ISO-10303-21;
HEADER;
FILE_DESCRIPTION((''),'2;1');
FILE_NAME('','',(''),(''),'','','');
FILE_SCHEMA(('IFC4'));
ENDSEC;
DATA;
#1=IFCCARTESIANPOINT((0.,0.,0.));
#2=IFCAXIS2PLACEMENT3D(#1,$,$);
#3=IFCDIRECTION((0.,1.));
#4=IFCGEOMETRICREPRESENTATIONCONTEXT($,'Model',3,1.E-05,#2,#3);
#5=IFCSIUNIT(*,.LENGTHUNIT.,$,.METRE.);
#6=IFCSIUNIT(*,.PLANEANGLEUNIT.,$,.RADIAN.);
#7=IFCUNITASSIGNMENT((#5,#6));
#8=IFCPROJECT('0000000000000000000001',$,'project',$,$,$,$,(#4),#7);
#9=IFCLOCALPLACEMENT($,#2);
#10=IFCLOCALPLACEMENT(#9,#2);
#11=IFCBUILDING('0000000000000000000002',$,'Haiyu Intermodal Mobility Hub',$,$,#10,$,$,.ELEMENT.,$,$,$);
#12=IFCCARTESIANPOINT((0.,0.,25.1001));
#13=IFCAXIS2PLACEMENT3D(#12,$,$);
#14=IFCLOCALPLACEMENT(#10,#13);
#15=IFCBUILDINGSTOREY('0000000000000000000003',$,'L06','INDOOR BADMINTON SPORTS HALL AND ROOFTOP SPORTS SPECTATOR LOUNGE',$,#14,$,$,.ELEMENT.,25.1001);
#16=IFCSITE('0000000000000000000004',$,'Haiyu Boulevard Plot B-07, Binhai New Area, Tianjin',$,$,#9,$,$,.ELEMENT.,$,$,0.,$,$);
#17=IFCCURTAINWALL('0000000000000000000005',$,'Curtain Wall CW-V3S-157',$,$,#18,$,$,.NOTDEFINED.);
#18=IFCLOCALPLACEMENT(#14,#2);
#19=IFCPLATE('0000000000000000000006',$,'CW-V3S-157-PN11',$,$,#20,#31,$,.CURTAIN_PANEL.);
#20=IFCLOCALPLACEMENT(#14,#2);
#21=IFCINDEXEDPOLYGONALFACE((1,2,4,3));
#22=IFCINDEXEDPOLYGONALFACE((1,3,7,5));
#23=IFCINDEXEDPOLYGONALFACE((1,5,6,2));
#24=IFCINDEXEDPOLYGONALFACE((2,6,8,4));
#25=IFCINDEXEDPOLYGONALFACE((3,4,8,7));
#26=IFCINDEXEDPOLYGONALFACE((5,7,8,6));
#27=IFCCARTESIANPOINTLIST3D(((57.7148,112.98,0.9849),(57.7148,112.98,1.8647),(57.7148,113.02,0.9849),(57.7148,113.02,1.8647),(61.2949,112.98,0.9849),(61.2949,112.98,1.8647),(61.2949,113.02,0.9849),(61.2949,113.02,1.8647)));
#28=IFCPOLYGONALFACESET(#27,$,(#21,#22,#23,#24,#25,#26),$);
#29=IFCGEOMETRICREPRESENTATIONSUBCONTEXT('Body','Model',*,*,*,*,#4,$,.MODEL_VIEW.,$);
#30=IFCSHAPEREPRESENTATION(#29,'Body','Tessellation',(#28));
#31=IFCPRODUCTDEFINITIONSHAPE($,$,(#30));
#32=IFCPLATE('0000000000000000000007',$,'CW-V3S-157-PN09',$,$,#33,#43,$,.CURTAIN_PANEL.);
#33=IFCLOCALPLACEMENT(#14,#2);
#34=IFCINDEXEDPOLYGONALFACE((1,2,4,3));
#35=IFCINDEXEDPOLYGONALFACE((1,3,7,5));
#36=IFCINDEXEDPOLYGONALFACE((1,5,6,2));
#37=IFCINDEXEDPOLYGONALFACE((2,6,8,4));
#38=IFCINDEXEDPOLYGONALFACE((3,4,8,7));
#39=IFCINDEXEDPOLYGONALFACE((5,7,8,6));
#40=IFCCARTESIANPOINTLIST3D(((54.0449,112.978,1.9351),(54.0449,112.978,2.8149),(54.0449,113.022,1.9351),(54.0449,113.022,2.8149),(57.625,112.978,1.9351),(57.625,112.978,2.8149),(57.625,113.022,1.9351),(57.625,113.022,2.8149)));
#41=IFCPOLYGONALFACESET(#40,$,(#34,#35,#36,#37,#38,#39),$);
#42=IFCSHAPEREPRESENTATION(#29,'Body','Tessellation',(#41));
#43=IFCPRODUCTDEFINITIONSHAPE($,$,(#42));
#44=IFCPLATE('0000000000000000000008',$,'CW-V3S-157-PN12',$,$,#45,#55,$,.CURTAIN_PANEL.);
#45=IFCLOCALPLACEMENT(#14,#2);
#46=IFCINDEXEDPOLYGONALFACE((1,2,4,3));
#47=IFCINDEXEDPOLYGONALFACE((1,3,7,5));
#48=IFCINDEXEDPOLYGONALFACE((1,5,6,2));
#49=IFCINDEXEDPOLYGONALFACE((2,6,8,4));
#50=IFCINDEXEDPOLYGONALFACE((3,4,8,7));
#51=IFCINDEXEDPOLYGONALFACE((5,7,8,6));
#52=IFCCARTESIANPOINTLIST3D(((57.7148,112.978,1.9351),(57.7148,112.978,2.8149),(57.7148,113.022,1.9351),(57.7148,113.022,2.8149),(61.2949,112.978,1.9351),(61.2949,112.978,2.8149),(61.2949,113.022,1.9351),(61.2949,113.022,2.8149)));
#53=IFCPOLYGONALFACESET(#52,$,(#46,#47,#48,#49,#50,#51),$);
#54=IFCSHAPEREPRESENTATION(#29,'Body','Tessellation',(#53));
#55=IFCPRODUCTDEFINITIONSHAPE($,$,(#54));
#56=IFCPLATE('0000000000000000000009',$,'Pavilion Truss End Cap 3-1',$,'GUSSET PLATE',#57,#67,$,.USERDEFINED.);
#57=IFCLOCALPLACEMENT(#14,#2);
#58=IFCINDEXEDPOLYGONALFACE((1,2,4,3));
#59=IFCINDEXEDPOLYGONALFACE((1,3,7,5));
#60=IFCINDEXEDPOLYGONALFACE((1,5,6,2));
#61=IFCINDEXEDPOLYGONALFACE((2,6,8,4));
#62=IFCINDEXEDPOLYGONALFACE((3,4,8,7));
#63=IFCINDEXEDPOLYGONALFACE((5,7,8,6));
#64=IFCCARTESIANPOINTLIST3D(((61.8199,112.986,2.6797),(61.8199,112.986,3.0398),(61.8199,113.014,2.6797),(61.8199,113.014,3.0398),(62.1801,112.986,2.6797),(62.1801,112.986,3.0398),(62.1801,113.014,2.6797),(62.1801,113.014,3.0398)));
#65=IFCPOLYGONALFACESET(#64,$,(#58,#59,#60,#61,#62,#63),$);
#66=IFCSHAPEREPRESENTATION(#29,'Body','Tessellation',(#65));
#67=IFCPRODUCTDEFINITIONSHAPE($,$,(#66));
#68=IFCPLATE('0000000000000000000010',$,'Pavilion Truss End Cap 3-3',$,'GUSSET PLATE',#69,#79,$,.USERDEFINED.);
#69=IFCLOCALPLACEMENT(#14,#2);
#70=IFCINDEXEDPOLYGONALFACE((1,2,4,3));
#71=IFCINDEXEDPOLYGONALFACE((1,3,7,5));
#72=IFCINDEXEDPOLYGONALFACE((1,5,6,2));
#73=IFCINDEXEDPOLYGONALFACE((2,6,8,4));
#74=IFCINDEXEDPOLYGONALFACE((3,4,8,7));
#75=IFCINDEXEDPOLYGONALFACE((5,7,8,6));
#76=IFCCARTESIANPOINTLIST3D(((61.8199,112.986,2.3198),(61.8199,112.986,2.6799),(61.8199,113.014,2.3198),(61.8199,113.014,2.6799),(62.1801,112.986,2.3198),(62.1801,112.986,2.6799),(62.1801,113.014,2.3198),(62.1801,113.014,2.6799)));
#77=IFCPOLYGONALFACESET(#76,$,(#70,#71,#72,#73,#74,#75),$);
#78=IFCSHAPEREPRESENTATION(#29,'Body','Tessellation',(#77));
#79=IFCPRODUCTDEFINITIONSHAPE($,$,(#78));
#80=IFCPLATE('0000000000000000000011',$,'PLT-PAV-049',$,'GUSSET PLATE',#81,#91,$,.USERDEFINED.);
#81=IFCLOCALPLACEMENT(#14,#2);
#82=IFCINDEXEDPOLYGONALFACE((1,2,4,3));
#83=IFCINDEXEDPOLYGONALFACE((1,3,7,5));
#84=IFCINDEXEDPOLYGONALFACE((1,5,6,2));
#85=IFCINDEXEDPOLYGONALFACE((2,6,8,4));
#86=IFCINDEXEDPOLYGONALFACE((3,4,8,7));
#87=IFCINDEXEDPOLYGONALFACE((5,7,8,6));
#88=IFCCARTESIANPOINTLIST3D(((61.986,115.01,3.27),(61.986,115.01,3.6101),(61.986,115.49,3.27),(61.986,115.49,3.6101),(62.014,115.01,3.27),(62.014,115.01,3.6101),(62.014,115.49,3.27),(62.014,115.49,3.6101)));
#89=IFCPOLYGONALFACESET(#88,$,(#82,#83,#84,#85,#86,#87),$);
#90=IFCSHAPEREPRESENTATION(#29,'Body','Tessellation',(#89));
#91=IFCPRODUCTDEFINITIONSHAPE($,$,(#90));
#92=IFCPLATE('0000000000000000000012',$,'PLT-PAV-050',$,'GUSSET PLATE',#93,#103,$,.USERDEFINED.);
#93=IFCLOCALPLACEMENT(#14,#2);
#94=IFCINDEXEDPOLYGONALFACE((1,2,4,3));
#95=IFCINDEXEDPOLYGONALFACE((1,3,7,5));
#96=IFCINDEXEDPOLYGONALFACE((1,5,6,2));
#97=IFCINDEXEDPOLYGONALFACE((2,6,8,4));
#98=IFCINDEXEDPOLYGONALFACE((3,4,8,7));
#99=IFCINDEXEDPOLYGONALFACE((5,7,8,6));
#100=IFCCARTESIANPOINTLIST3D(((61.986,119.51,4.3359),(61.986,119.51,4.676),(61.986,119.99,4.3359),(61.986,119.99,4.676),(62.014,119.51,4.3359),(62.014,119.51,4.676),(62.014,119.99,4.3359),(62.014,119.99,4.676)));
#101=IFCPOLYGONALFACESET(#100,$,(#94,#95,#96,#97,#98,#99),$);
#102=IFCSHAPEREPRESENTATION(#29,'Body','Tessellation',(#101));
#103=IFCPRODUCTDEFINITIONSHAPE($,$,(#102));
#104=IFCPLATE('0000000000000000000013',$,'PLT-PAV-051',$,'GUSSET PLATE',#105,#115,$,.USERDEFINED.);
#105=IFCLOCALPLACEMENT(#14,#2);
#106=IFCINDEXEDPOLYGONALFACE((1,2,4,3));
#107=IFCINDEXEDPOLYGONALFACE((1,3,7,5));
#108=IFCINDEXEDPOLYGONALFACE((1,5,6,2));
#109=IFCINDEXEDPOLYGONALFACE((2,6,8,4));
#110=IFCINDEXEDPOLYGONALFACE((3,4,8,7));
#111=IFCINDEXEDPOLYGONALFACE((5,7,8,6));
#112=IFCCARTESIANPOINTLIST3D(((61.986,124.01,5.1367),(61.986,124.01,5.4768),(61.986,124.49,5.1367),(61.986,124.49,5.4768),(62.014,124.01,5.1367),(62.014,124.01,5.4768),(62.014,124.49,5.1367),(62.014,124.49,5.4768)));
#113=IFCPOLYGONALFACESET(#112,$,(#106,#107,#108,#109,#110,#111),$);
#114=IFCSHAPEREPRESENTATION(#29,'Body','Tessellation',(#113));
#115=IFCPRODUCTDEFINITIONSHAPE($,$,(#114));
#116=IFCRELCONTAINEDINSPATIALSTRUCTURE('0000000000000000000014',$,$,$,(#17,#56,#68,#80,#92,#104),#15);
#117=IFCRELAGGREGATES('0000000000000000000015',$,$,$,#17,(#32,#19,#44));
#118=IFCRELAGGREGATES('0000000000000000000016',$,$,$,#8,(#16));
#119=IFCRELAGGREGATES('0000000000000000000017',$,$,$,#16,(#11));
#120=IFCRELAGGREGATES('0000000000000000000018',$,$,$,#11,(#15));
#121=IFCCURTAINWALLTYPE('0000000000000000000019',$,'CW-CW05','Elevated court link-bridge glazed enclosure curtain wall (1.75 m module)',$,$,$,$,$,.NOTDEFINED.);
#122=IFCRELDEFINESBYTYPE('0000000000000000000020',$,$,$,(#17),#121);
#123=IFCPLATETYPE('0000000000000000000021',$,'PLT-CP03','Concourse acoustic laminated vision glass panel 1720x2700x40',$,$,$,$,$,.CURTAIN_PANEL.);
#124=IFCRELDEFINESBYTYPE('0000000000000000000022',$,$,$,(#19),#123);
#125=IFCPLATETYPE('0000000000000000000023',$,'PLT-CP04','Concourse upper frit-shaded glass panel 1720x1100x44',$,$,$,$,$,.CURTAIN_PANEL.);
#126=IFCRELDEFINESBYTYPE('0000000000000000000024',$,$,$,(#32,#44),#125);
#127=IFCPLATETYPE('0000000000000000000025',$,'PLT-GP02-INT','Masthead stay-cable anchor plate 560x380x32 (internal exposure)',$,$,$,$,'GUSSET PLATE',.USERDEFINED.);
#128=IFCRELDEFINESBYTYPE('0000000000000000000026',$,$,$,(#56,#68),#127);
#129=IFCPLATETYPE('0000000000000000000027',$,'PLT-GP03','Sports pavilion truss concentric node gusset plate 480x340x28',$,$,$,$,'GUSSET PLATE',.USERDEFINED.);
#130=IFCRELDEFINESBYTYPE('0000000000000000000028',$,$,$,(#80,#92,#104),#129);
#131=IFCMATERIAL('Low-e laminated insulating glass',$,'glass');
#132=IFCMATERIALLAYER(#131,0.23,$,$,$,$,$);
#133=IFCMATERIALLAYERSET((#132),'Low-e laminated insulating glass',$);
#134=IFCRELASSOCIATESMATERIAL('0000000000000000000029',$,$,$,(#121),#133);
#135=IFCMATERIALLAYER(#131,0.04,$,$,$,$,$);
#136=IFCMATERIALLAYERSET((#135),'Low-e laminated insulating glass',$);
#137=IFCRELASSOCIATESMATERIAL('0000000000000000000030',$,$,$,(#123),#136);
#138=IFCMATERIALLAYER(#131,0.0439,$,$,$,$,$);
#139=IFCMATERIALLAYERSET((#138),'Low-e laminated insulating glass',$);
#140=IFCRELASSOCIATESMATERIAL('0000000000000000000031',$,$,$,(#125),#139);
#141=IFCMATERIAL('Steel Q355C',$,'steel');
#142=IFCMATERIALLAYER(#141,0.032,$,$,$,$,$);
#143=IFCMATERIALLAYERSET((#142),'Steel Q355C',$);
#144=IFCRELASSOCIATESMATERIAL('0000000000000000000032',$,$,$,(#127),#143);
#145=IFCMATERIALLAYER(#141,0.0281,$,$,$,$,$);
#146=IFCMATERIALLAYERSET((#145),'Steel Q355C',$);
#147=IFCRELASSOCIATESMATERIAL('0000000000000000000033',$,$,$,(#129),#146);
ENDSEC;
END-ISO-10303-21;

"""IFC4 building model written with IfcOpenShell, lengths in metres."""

from ifc_helpers import new_model, si_unit, direction, frame, origin, origin_2d, place, context, subcontext, project, spatial, rectangle, extrude, material, layer, layer_set, type_object, element, aggregate, save


model = new_model("IFC4")

# Units and contexts
model_context = context("Model", 3, precision=1e-05, world=origin(), true_north=direction((0.0, 1.0)))
body_context = subcontext(model_context, "Body", "Model", "MODEL_VIEW")
ifc_project = project(units=[si_unit("LENGTHUNIT", "METRE"), si_unit("PLANEANGLEUNIT", "RADIAN")], contexts=[model_context])

# Site, building, storey
site_placement = place(None, origin())
site = spatial("IfcSite", under=ifc_project, at=site_placement, Name="Haiyu Boulevard Plot B-07, Binhai New Area, Tianjin", CompositionType="ELEMENT", RefElevation=0.0)
building_placement = place(site_placement, origin())
building = spatial("IfcBuilding", under=site, at=building_placement, Name="Haiyu Intermodal Mobility Hub", CompositionType="ELEMENT")
storey_placement = place(building_placement, frame((0.0, 0.0, 25.1001)))
storey = spatial("IfcBuildingStorey", under=building, at=storey_placement, Name="L06", Description="INDOOR BADMINTON SPORTS HALL AND ROOFTOP SPORTS SPECTATOR LOUNGE", CompositionType="ELEMENT", Elevation=25.1001)

# Shared definitions
ifc_material_1 = material(Name="Steel Q355C", Category="steel")

# Curtain wall
ifc_material_2 = material(Name="Low-e laminated insulating glass", Category="glass")
ifc_layer_1 = layer(ifc_material_2, 0.23)
ifc_layer_set_1 = layer_set([ifc_layer_1], Name="Low-e laminated insulating glass")
curtain_wall_type = type_object("IfcCurtainWallType", Name="CW-CW05", Description="Elevated court link-bridge glazed enclosure curtain wall (1.75 m module)", PredefinedType="NOTDEFINED", material=ifc_layer_set_1)
curtain_wall_placement = place(storey_placement, origin())
curtain_wall = element("IfcCurtainWall", 1, at=curtain_wall_placement, inside=storey, type_object=curtain_wall_type, Name="Curtain Wall CW-V3S-157", PredefinedType="NOTDEFINED")

# Plates
ifc_layer_2 = layer(ifc_material_2, 0.04)
ifc_layer_set_2 = layer_set([ifc_layer_2], Name="Low-e laminated insulating glass")
plate_type_1 = type_object("IfcPlateType", Name="PLT-CP03", Description="Concourse acoustic laminated vision glass panel 1720x2700x40", PredefinedType="CURTAIN_PANEL", material=ifc_layer_set_2)
plate_1_placement = place(storey_placement, frame((59.5049, 113.0, 0.9849), z_axis=(0.0, 0.0, 1.0), x_axis=(1.0, 0.0, 0.0)))
plate_1 = element("IfcPlate", 2, at=plate_1_placement, type_object=plate_type_1, Name="CW-V3S-157-PN11", PredefinedType="CURTAIN_PANEL", context=body_context, shape_type="SweptSolid", body=[
    extrude(rectangle(XDim=3.5801, YDim=0.04, at=origin_2d()), origin(), (0.0, 0.0, 1.0), 0.8799),
])
ifc_layer_3 = layer(ifc_material_2, 0.0439)
ifc_layer_set_3 = layer_set([ifc_layer_3], Name="Low-e laminated insulating glass")
plate_type_2 = type_object("IfcPlateType", Name="PLT-CP04", Description="Concourse upper frit-shaded glass panel 1720x1100x44", PredefinedType="CURTAIN_PANEL", material=ifc_layer_set_3)
plate_2_placement = place(storey_placement, frame((55.835, 113.0, 1.9351), z_axis=(0.0, 0.0, 1.0), x_axis=(1.0, 0.0, 0.0)))
plate_2 = element("IfcPlate", 3, at=plate_2_placement, type_object=plate_type_2, Name="CW-V3S-157-PN09", PredefinedType="CURTAIN_PANEL", context=body_context, shape_type="SweptSolid", body=[
    extrude(rectangle(XDim=3.5801, YDim=0.0439, at=origin_2d()), origin(), (0.0, 0.0, 1.0), 0.8799),
])
plate_3_placement = place(storey_placement, frame((59.5049, 113.0, 1.9351), z_axis=(0.0, 0.0, 1.0), x_axis=(1.0, 0.0, 0.0)))
plate_3 = element("IfcPlate", 4, at=plate_3_placement, type_object=plate_type_2, Name="CW-V3S-157-PN12", PredefinedType="CURTAIN_PANEL", context=body_context, shape_type="SweptSolid", body=[
    extrude(rectangle(XDim=3.5801, YDim=0.0439, at=origin_2d()), origin(), (0.0, 0.0, 1.0), 0.8799),
])
aggregate(curtain_wall, [plate_2, plate_1, plate_3])

# Plates
ifc_layer_4 = layer(ifc_material_1, 0.032)
ifc_layer_set_4 = layer_set([ifc_layer_4], Name="Steel Q355C")
plate_type_3 = type_object("IfcPlateType", Name="PLT-GP02-INT", Description="Masthead stay-cable anchor plate 560x380x32 (internal exposure)", ElementType="GUSSET PLATE", PredefinedType="USERDEFINED", material=ifc_layer_set_4)
for number, where, z_axis, x_axis, name in (
    (5, (62.0, 113.0, 2.6797), (0.0, 0.0, 1.0), (1.0, 0.0, 0.0), "Pavilion Truss End Cap 3-1"),
    (6, (62.0, 113.0, 2.3198), (0.0, 0.0, 1.0), (1.0, 0.0, 0.0), "Pavilion Truss End Cap 3-3"),
):
    element("IfcPlate", number, at=place(storey_placement, frame(where, z_axis=z_axis, x_axis=x_axis)), inside=storey, type_object=plate_type_3, Name=name, ObjectType="GUSSET PLATE", PredefinedType="USERDEFINED", context=body_context, shape_type="SweptSolid", body=[
        extrude(rectangle(XDim=0.3601, YDim=0.0281, at=origin_2d()), origin(), (0.0, 0.0, 1.0), 0.3601),
    ])
ifc_layer_5 = layer(ifc_material_1, 0.0281)
ifc_layer_set_5 = layer_set([ifc_layer_5], Name="Steel Q355C")
plate_type_4 = type_object("IfcPlateType", Name="PLT-GP03", Description="Sports pavilion truss concentric node gusset plate 480x340x28", ElementType="GUSSET PLATE", PredefinedType="USERDEFINED", material=ifc_layer_set_5)
for number, where, z_axis, x_axis, name in (
    (7, (62.0, 115.25, 3.27), (0.0, 0.0, 1.0), (1.0, 0.0, 0.0), "PLT-PAV-049"),
    (8, (62.0, 119.75, 4.3359), (0.0, 0.0, 1.0), (1.0, 0.0, 0.0), "PLT-PAV-050"),
    (9, (62.0, 124.25, 5.1367), (0.0, 0.0, 1.0), (1.0, 0.0, 0.0), "PLT-PAV-051"),
):
    element("IfcPlate", number, at=place(storey_placement, frame(where, z_axis=z_axis, x_axis=x_axis)), inside=storey, type_object=plate_type_4, Name=name, ObjectType="GUSSET PLATE", PredefinedType="USERDEFINED", context=body_context, shape_type="SweptSolid", body=[
        extrude(rectangle(XDim=0.0281, YDim=0.48, at=origin_2d()), origin(), (0.0, 0.0, 1.0), 0.3401),
    ])

save(model, "model.ifc")
